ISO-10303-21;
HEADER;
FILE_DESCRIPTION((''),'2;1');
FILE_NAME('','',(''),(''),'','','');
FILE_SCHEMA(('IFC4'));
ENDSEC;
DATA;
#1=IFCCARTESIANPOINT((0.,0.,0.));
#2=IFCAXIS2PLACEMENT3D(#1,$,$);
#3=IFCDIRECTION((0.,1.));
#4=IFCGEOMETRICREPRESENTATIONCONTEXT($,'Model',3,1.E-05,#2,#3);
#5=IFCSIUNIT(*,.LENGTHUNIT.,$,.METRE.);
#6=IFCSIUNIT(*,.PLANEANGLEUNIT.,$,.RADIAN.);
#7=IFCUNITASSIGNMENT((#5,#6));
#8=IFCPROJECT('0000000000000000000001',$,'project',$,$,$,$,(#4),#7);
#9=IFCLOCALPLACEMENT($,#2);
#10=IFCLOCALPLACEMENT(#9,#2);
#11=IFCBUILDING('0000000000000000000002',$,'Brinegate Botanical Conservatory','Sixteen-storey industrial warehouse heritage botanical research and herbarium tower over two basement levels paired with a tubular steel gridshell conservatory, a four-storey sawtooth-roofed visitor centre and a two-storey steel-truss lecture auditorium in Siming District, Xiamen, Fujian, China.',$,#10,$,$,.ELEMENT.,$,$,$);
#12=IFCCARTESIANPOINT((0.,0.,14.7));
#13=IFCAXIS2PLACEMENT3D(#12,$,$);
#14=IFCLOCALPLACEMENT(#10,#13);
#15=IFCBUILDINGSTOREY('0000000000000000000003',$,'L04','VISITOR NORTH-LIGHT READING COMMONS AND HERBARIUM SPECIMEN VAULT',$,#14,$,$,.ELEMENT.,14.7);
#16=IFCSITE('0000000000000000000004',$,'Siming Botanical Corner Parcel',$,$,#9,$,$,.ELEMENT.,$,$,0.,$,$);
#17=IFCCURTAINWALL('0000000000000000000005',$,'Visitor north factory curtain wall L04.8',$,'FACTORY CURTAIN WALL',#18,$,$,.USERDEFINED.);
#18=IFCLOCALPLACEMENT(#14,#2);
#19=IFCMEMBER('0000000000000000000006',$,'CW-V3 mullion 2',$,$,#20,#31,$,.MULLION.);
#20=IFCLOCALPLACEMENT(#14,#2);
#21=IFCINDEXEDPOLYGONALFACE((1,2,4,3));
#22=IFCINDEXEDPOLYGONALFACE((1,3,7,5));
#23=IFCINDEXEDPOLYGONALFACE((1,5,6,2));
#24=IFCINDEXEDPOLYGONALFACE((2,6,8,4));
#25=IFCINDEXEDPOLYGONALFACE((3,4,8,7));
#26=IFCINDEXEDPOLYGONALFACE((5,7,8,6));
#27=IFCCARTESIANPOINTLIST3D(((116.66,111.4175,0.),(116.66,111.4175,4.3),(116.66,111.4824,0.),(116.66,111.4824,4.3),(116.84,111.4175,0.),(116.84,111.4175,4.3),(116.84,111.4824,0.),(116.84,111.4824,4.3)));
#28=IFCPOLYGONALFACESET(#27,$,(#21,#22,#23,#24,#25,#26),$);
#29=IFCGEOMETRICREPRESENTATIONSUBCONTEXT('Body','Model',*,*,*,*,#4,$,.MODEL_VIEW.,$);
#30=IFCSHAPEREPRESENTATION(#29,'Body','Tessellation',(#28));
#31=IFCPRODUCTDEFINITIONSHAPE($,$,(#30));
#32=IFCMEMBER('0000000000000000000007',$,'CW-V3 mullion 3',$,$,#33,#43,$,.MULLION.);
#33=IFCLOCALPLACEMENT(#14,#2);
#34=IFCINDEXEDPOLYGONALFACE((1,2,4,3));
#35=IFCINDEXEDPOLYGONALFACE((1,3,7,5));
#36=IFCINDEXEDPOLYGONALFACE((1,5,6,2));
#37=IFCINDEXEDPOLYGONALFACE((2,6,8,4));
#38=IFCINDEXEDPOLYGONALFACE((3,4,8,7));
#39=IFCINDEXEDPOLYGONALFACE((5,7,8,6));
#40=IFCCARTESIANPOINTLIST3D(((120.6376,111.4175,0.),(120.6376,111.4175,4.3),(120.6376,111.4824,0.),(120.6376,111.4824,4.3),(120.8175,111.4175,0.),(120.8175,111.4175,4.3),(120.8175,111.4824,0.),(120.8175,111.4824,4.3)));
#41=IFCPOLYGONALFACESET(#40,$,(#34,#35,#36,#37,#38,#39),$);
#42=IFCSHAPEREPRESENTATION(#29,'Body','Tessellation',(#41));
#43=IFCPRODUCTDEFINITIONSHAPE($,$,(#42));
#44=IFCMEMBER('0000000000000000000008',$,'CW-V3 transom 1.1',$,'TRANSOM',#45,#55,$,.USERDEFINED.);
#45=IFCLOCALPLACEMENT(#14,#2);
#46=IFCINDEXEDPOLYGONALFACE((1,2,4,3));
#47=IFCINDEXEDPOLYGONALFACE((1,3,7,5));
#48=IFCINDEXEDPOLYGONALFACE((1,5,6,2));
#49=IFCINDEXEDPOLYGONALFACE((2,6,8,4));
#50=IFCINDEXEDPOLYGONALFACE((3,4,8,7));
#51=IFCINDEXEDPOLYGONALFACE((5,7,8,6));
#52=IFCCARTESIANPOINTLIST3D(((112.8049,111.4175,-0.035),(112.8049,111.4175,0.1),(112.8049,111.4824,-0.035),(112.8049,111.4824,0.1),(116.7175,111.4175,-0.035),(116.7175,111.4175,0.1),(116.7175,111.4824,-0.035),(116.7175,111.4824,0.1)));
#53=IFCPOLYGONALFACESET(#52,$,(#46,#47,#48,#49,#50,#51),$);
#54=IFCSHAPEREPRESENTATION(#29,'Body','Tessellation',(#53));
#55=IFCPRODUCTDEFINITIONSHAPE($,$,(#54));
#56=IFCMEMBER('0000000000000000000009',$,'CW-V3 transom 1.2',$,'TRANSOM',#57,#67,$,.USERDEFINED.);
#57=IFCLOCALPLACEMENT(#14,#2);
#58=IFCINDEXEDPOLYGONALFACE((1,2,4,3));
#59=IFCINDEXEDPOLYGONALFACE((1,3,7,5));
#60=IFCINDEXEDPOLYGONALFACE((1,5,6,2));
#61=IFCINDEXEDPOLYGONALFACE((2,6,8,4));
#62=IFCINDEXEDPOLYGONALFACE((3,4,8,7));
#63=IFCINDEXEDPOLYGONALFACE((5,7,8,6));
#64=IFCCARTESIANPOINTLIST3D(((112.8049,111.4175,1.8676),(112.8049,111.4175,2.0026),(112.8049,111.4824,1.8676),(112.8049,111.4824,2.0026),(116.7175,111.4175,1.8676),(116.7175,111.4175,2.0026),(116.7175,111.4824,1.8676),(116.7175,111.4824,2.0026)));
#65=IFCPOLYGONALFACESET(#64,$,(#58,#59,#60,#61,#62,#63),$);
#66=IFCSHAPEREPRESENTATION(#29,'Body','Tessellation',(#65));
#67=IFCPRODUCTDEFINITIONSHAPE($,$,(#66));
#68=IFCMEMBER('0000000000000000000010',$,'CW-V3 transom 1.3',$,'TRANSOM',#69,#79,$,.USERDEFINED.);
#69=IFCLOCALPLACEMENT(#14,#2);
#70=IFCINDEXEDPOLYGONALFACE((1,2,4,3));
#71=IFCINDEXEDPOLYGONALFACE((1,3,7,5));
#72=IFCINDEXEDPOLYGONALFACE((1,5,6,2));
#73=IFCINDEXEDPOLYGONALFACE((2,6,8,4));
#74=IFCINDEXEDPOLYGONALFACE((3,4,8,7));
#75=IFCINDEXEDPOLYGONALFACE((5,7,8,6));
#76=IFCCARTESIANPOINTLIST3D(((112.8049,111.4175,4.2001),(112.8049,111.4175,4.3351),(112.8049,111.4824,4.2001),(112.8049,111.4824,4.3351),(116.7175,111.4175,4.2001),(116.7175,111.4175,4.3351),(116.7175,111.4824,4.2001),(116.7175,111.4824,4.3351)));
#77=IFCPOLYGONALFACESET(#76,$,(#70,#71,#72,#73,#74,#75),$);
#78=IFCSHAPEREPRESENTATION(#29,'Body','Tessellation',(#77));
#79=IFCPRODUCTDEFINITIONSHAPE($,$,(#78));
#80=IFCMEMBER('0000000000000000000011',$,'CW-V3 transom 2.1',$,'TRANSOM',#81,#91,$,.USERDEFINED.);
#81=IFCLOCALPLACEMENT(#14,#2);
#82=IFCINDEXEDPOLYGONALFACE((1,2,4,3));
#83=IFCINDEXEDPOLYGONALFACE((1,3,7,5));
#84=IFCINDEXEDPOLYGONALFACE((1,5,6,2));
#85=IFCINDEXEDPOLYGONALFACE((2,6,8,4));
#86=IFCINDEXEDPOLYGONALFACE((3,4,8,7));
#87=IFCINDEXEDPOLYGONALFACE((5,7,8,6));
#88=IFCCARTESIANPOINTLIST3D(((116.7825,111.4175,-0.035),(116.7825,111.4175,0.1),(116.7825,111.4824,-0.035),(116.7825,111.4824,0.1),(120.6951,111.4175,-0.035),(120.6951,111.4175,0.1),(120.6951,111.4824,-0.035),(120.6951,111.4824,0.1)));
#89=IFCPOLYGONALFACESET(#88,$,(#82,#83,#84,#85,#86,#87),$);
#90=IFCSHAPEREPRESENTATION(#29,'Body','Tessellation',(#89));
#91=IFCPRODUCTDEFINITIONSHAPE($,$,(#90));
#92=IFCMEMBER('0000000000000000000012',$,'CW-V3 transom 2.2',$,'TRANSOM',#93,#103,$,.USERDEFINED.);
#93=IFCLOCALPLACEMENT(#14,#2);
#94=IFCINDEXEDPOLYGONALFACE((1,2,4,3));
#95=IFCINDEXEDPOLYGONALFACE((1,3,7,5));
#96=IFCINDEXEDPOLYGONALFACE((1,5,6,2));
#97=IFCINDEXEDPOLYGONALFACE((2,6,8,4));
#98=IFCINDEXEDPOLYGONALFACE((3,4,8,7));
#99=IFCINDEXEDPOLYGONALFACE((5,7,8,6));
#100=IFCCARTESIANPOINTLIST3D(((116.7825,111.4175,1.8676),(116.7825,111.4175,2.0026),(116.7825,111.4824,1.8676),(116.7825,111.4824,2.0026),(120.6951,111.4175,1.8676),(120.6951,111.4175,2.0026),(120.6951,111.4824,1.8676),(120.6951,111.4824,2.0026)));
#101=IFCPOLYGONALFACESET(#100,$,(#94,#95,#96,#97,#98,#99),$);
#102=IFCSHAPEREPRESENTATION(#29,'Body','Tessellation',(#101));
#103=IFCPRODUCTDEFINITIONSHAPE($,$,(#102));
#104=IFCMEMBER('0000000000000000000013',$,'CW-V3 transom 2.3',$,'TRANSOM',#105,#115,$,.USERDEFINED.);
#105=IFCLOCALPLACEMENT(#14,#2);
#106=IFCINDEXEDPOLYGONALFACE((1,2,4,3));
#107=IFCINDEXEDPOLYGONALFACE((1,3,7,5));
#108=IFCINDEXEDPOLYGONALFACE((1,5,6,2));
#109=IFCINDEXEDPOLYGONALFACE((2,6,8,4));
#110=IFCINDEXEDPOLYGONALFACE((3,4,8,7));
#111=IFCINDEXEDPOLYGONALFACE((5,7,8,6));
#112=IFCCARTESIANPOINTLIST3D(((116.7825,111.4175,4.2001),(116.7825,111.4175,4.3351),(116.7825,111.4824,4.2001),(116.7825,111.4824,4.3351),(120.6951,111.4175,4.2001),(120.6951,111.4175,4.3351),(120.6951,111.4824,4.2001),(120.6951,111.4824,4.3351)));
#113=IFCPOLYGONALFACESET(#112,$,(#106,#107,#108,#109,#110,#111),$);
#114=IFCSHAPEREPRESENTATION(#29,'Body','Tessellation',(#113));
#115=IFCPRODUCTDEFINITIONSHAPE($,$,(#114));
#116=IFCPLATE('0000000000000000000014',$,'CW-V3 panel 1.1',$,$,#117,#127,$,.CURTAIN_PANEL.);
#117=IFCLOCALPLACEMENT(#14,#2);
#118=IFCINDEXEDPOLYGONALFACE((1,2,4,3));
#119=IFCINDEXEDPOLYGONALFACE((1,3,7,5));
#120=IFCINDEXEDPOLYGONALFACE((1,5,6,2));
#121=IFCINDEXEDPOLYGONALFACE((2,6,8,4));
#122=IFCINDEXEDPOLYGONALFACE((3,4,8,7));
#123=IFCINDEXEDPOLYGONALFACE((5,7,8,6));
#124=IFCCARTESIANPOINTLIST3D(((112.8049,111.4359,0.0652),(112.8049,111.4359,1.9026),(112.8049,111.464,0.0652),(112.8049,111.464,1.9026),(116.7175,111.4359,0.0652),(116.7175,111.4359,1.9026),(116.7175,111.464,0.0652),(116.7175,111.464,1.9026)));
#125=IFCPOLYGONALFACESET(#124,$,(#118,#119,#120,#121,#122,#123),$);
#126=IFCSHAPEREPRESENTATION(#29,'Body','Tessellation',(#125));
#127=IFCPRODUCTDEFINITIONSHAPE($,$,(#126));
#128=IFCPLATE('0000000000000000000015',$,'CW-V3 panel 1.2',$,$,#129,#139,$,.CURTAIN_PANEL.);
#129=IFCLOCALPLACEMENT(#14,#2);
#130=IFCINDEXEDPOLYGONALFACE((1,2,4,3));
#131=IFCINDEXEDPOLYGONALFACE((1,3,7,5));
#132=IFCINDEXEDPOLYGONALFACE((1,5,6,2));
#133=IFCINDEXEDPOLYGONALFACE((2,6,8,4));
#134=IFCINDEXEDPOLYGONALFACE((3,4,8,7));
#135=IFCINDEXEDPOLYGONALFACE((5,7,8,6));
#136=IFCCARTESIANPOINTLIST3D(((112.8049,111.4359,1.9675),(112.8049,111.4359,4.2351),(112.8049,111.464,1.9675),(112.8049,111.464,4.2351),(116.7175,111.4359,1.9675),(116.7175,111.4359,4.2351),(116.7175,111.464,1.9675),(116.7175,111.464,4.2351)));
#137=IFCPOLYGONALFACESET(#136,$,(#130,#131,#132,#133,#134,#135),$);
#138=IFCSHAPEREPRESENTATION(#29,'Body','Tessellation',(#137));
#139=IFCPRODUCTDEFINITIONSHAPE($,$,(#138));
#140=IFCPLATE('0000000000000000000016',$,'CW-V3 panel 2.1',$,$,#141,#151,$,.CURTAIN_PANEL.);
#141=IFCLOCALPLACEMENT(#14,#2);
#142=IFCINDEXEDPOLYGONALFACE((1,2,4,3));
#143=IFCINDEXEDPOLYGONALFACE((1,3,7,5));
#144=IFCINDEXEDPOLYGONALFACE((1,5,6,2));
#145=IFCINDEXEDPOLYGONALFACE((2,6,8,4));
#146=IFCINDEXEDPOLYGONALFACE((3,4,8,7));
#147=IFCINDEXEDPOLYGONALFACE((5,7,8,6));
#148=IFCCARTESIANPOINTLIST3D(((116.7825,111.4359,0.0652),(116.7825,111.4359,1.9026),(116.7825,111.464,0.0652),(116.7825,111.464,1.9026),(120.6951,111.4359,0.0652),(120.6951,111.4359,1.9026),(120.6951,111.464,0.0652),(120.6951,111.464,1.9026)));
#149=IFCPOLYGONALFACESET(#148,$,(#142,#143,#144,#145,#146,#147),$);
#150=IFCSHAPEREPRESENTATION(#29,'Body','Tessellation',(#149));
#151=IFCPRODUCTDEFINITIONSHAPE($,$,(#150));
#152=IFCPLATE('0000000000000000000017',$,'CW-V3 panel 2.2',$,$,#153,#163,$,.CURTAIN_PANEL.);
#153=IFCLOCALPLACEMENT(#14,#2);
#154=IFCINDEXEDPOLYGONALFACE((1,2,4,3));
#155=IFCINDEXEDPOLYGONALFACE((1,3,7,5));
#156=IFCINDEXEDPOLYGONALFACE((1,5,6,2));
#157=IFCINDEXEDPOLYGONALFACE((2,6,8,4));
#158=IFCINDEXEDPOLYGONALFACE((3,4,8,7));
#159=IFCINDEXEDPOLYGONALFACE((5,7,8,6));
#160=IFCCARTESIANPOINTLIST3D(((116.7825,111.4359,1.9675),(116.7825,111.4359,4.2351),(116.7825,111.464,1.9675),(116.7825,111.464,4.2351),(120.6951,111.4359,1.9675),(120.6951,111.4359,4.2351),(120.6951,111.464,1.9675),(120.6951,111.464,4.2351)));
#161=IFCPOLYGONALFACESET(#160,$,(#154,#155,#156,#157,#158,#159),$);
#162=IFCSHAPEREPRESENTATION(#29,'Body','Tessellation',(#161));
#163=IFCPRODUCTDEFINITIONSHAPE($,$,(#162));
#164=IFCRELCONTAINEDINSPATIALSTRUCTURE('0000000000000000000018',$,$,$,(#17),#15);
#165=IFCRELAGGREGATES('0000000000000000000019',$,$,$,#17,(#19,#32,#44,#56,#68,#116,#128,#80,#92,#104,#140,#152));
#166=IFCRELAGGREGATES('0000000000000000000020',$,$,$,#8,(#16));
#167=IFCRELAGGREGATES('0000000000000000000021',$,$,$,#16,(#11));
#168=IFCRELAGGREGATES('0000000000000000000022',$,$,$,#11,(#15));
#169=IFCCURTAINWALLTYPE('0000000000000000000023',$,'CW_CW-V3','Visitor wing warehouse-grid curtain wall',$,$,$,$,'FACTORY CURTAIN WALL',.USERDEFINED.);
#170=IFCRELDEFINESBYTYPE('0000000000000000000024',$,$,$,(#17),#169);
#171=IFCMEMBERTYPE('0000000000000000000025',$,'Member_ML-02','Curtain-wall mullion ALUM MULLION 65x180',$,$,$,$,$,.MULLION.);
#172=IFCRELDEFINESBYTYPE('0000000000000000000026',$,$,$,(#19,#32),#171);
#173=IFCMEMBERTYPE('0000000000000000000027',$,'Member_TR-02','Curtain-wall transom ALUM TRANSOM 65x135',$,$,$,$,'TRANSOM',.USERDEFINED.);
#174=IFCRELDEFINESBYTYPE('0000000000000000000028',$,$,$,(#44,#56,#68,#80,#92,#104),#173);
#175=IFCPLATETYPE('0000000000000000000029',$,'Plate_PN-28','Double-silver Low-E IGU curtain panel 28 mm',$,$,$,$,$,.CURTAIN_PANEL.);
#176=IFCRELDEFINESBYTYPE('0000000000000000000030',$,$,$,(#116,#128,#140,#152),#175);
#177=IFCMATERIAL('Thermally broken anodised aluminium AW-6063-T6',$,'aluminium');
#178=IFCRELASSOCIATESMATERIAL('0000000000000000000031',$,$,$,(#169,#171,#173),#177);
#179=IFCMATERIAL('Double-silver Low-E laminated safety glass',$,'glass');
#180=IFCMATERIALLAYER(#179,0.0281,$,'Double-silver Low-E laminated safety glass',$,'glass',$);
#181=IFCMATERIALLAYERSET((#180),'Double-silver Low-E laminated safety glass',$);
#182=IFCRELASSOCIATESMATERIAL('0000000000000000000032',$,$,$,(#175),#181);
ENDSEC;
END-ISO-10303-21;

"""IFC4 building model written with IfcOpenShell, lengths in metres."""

from ifc_helpers import new_model, si_unit, direction, frame, origin, origin_2d, place, context, subcontext, project, spatial, rectangle, extrude, material, layer, layer_set, material_profile, profile_set, type_object, element, aggregate, save


model = new_model("IFC4")

# Units and contexts
model_context = context("Model", 3, precision=1e-05, world=origin(), true_north=direction((0.0, 1.0)))
body_context = subcontext(model_context, "Body", "Model", "MODEL_VIEW")
ifc_project = project(units=[si_unit("LENGTHUNIT", "METRE"), si_unit("PLANEANGLEUNIT", "RADIAN")], contexts=[model_context])

# Site, building, storey
site_placement = place(None, origin())
site = spatial("IfcSite", under=ifc_project, at=site_placement, Name="Siming Botanical Corner Parcel", CompositionType="ELEMENT", RefElevation=0.0)
building_placement = place(site_placement, origin())
building = spatial("IfcBuilding", under=site, at=building_placement, Name="Brinegate Botanical Conservatory", Description="Sixteen-storey industrial warehouse heritage botanical research and herbarium tower over two basement levels paired with a tubular steel gridshell conservatory, a four-storey sawtooth-roofed visitor centre and a two-storey steel-truss lecture auditorium in Siming District, Xiamen, Fujian, China.", CompositionType="ELEMENT")
storey_placement = place(building_placement, frame((0.0, 0.0, 14.7)))
storey = spatial("IfcBuildingStorey", under=building, at=storey_placement, Name="L04", Description="VISITOR NORTH-LIGHT READING COMMONS AND HERBARIUM SPECIMEN VAULT", CompositionType="ELEMENT", Elevation=14.7)

# Curtain wall, members, plates
ifc_material_1 = material(Name="Thermally broken anodised aluminium AW-6063-T6", Category="aluminium")
curtain_wall_type = type_object("IfcCurtainWallType", Name="CW_CW-V3", Description="Visitor wing warehouse-grid curtain wall", ElementType="FACTORY CURTAIN WALL", PredefinedType="USERDEFINED", material=ifc_material_1)
curtain_wall_placement = place(storey_placement, origin())
curtain_wall = element("IfcCurtainWall", 1, at=curtain_wall_placement, inside=storey, type_object=curtain_wall_type, Name="Visitor north factory curtain wall L04.8", ObjectType="FACTORY CURTAIN WALL", PredefinedType="USERDEFINED")
ifc_material_profile_1 = material_profile(ifc_material_1, rectangle(XDim=0.0649, YDim=0.1799, at=origin_2d()), Name="ALUM MULLION 65x180")
ifc_profile_set_1 = profile_set([ifc_material_profile_1], Name="Thermally broken anodised aluminium AW-6063-T6")
member_type_1 = type_object("IfcMemberType", Name="Member_ML-02", Description="Curtain-wall mullion ALUM MULLION 65x180", PredefinedType="MULLION", material=ifc_profile_set_1)
member_1_placement = place(storey_placement, frame((116.75, 111.45, 0.0), z_axis=(0.0, 0.0, 1.0), x_axis=(0.0, 1.0, 0.0)))
member_1 = element("IfcMember", 2, at=member_1_placement, type_object=member_type_1, Name="CW-V3 mullion 2", PredefinedType="MULLION", context=body_context, shape_type="SweptSolid", body=[
    extrude(rectangle(XDim=0.0649, YDim=0.1799, at=origin_2d()), origin(), (0.0, 0.0, 1.0), 4.3),
])
member_2_placement = place(storey_placement, frame((120.7275, 111.45, 0.0), z_axis=(0.0, 0.0, 1.0), x_axis=(0.0, 1.0, 0.0)))
member_2 = element("IfcMember", 3, at=member_2_placement, type_object=member_type_1, Name="CW-V3 mullion 3", PredefinedType="MULLION", context=body_context, shape_type="SweptSolid", body=[
    extrude(rectangle(XDim=0.0649, YDim=0.1799, at=origin_2d()), origin(), (0.0, 0.0, 1.0), 4.3),
])
ifc_material_profile_2 = material_profile(ifc_material_1, rectangle(XDim=0.0649, YDim=0.135, at=origin_2d()), Name="ALUM TRANSOM 65x135")
ifc_profile_set_2 = profile_set([ifc_material_profile_2], Name="Thermally broken anodised aluminium AW-6063-T6")
member_type_2 = type_object("IfcMemberType", Name="Member_TR-02", Description="Curtain-wall transom ALUM TRANSOM 65x135", ElementType="TRANSOM", PredefinedType="USERDEFINED", material=ifc_profile_set_2)
member_3_placement = place(storey_placement, frame((112.8049, 111.45, 0.0325), z_axis=(1.0, 0.0, 0.0), x_axis=(0.0, 1.0, 0.0)))
member_3 = element("IfcMember", 4, at=member_3_placement, type_object=member_type_2, Name="CW-V3 transom 1.1", ObjectType="TRANSOM", PredefinedType="USERDEFINED", context=body_context, shape_type="SweptSolid", body=[
    extrude(rectangle(XDim=0.0649, YDim=0.135, at=origin_2d()), origin(), (0.0, 0.0, 1.0), 3.9126),
])
member_4_placement = place(storey_placement, frame((112.8049, 111.45, 1.9351), z_axis=(1.0, 0.0, 0.0), x_axis=(0.0, 1.0, 0.0)))
member_4 = element("IfcMember", 5, at=member_4_placement, type_object=member_type_2, Name="CW-V3 transom 1.2", ObjectType="TRANSOM", PredefinedType="USERDEFINED", context=body_context, shape_type="SweptSolid", body=[
    extrude(rectangle(XDim=0.0649, YDim=0.135, at=origin_2d()), origin(), (0.0, 0.0, 1.0), 3.9126),
])
member_5_placement = place(storey_placement, frame((112.8049, 111.45, 4.2676), z_axis=(1.0, 0.0, 0.0), x_axis=(0.0, 1.0, 0.0)))
member_5 = element("IfcMember", 6, at=member_5_placement, type_object=member_type_2, Name="CW-V3 transom 1.3", ObjectType="TRANSOM", PredefinedType="USERDEFINED", context=body_context, shape_type="SweptSolid", body=[
    extrude(rectangle(XDim=0.0649, YDim=0.135, at=origin_2d()), origin(), (0.0, 0.0, 1.0), 3.9126),
])
member_6_placement = place(storey_placement, frame((116.7825, 111.45, 0.0325), z_axis=(1.0, 0.0, 0.0), x_axis=(0.0, 1.0, 0.0)))
member_6 = element("IfcMember", 7, at=member_6_placement, type_object=member_type_2, Name="CW-V3 transom 2.1", ObjectType="TRANSOM", PredefinedType="USERDEFINED", context=body_context, shape_type="SweptSolid", body=[
    extrude(rectangle(XDim=0.0649, YDim=0.135, at=origin_2d()), origin(), (0.0, 0.0, 1.0), 3.9126),
])
member_7_placement = place(storey_placement, frame((116.7825, 111.45, 1.9351), z_axis=(1.0, 0.0, 0.0), x_axis=(0.0, 1.0, 0.0)))
member_7 = element("IfcMember", 8, at=member_7_placement, type_object=member_type_2, Name="CW-V3 transom 2.2", ObjectType="TRANSOM", PredefinedType="USERDEFINED", context=body_context, shape_type="SweptSolid", body=[
    extrude(rectangle(XDim=0.0649, YDim=0.135, at=origin_2d()), origin(), (0.0, 0.0, 1.0), 3.9126),
])
member_8_placement = place(storey_placement, frame((116.7825, 111.45, 4.2676), z_axis=(1.0, 0.0, 0.0), x_axis=(0.0, 1.0, 0.0)))
member_8 = element("IfcMember", 9, at=member_8_placement, type_object=member_type_2, Name="CW-V3 transom 2.3", ObjectType="TRANSOM", PredefinedType="USERDEFINED", context=body_context, shape_type="SweptSolid", body=[
    extrude(rectangle(XDim=0.0649, YDim=0.135, at=origin_2d()), origin(), (0.0, 0.0, 1.0), 3.9126),
])
ifc_material_2 = material(Name="Double-silver Low-E laminated safety glass", Category="glass")
ifc_layer_1 = layer(ifc_material_2, 0.0281, Name="Double-silver Low-E laminated safety glass", Category="glass")
ifc_layer_set_1 = layer_set([ifc_layer_1], Name="Double-silver Low-E laminated safety glass")
plate_type = type_object("IfcPlateType", Name="Plate_PN-28", Description="Double-silver Low-E IGU curtain panel 28 mm", PredefinedType="CURTAIN_PANEL", material=ifc_layer_set_1)
plate_1_placement = place(storey_placement, frame((114.7612, 111.45, 0.0652), z_axis=(0.0, 0.0, 1.0), x_axis=(1.0, 0.0, 0.0)))
plate_1 = element("IfcPlate", 10, at=plate_1_placement, type_object=plate_type, Name="CW-V3 panel 1.1", PredefinedType="CURTAIN_PANEL", context=body_context, shape_type="SweptSolid", body=[
    extrude(rectangle(XDim=3.9126, YDim=0.0281, at=origin_2d()), origin(), (0.0, 0.0, 1.0), 1.8374),
])
plate_2_placement = place(storey_placement, frame((114.7612, 111.45, 1.9675), z_axis=(0.0, 0.0, 1.0), x_axis=(1.0, 0.0, 0.0)))
plate_2 = element("IfcPlate", 11, at=plate_2_placement, type_object=plate_type, Name="CW-V3 panel 1.2", PredefinedType="CURTAIN_PANEL", context=body_context, shape_type="SweptSolid", body=[
    extrude(rectangle(XDim=3.9126, YDim=0.0281, at=origin_2d()), origin(), (0.0, 0.0, 1.0), 2.2676),
])
plate_3_placement = place(storey_placement, frame((118.7388, 111.45, 0.0652), z_axis=(0.0, 0.0, 1.0), x_axis=(1.0, 0.0, 0.0)))
plate_3 = element("IfcPlate", 12, at=plate_3_placement, type_object=plate_type, Name="CW-V3 panel 2.1", PredefinedType="CURTAIN_PANEL", context=body_context, shape_type="SweptSolid", body=[
    extrude(rectangle(XDim=3.9126, YDim=0.0281, at=origin_2d()), origin(), (0.0, 0.0, 1.0), 1.8374),
])
plate_4_placement = place(storey_placement, frame((118.7388, 111.45, 1.9675), z_axis=(0.0, 0.0, 1.0), x_axis=(1.0, 0.0, 0.0)))
plate_4 = element("IfcPlate", 13, at=plate_4_placement, type_object=plate_type, Name="CW-V3 panel 2.2", PredefinedType="CURTAIN_PANEL", context=body_context, shape_type="SweptSolid", body=[
    extrude(rectangle(XDim=3.9126, YDim=0.0281, at=origin_2d()), origin(), (0.0, 0.0, 1.0), 2.2676),
])
aggregate(curtain_wall, [member_1, member_2, member_3, member_4, member_5, plate_1, plate_2, member_6, member_7, member_8, plate_3, plate_4])

save(model, "model.ifc")
